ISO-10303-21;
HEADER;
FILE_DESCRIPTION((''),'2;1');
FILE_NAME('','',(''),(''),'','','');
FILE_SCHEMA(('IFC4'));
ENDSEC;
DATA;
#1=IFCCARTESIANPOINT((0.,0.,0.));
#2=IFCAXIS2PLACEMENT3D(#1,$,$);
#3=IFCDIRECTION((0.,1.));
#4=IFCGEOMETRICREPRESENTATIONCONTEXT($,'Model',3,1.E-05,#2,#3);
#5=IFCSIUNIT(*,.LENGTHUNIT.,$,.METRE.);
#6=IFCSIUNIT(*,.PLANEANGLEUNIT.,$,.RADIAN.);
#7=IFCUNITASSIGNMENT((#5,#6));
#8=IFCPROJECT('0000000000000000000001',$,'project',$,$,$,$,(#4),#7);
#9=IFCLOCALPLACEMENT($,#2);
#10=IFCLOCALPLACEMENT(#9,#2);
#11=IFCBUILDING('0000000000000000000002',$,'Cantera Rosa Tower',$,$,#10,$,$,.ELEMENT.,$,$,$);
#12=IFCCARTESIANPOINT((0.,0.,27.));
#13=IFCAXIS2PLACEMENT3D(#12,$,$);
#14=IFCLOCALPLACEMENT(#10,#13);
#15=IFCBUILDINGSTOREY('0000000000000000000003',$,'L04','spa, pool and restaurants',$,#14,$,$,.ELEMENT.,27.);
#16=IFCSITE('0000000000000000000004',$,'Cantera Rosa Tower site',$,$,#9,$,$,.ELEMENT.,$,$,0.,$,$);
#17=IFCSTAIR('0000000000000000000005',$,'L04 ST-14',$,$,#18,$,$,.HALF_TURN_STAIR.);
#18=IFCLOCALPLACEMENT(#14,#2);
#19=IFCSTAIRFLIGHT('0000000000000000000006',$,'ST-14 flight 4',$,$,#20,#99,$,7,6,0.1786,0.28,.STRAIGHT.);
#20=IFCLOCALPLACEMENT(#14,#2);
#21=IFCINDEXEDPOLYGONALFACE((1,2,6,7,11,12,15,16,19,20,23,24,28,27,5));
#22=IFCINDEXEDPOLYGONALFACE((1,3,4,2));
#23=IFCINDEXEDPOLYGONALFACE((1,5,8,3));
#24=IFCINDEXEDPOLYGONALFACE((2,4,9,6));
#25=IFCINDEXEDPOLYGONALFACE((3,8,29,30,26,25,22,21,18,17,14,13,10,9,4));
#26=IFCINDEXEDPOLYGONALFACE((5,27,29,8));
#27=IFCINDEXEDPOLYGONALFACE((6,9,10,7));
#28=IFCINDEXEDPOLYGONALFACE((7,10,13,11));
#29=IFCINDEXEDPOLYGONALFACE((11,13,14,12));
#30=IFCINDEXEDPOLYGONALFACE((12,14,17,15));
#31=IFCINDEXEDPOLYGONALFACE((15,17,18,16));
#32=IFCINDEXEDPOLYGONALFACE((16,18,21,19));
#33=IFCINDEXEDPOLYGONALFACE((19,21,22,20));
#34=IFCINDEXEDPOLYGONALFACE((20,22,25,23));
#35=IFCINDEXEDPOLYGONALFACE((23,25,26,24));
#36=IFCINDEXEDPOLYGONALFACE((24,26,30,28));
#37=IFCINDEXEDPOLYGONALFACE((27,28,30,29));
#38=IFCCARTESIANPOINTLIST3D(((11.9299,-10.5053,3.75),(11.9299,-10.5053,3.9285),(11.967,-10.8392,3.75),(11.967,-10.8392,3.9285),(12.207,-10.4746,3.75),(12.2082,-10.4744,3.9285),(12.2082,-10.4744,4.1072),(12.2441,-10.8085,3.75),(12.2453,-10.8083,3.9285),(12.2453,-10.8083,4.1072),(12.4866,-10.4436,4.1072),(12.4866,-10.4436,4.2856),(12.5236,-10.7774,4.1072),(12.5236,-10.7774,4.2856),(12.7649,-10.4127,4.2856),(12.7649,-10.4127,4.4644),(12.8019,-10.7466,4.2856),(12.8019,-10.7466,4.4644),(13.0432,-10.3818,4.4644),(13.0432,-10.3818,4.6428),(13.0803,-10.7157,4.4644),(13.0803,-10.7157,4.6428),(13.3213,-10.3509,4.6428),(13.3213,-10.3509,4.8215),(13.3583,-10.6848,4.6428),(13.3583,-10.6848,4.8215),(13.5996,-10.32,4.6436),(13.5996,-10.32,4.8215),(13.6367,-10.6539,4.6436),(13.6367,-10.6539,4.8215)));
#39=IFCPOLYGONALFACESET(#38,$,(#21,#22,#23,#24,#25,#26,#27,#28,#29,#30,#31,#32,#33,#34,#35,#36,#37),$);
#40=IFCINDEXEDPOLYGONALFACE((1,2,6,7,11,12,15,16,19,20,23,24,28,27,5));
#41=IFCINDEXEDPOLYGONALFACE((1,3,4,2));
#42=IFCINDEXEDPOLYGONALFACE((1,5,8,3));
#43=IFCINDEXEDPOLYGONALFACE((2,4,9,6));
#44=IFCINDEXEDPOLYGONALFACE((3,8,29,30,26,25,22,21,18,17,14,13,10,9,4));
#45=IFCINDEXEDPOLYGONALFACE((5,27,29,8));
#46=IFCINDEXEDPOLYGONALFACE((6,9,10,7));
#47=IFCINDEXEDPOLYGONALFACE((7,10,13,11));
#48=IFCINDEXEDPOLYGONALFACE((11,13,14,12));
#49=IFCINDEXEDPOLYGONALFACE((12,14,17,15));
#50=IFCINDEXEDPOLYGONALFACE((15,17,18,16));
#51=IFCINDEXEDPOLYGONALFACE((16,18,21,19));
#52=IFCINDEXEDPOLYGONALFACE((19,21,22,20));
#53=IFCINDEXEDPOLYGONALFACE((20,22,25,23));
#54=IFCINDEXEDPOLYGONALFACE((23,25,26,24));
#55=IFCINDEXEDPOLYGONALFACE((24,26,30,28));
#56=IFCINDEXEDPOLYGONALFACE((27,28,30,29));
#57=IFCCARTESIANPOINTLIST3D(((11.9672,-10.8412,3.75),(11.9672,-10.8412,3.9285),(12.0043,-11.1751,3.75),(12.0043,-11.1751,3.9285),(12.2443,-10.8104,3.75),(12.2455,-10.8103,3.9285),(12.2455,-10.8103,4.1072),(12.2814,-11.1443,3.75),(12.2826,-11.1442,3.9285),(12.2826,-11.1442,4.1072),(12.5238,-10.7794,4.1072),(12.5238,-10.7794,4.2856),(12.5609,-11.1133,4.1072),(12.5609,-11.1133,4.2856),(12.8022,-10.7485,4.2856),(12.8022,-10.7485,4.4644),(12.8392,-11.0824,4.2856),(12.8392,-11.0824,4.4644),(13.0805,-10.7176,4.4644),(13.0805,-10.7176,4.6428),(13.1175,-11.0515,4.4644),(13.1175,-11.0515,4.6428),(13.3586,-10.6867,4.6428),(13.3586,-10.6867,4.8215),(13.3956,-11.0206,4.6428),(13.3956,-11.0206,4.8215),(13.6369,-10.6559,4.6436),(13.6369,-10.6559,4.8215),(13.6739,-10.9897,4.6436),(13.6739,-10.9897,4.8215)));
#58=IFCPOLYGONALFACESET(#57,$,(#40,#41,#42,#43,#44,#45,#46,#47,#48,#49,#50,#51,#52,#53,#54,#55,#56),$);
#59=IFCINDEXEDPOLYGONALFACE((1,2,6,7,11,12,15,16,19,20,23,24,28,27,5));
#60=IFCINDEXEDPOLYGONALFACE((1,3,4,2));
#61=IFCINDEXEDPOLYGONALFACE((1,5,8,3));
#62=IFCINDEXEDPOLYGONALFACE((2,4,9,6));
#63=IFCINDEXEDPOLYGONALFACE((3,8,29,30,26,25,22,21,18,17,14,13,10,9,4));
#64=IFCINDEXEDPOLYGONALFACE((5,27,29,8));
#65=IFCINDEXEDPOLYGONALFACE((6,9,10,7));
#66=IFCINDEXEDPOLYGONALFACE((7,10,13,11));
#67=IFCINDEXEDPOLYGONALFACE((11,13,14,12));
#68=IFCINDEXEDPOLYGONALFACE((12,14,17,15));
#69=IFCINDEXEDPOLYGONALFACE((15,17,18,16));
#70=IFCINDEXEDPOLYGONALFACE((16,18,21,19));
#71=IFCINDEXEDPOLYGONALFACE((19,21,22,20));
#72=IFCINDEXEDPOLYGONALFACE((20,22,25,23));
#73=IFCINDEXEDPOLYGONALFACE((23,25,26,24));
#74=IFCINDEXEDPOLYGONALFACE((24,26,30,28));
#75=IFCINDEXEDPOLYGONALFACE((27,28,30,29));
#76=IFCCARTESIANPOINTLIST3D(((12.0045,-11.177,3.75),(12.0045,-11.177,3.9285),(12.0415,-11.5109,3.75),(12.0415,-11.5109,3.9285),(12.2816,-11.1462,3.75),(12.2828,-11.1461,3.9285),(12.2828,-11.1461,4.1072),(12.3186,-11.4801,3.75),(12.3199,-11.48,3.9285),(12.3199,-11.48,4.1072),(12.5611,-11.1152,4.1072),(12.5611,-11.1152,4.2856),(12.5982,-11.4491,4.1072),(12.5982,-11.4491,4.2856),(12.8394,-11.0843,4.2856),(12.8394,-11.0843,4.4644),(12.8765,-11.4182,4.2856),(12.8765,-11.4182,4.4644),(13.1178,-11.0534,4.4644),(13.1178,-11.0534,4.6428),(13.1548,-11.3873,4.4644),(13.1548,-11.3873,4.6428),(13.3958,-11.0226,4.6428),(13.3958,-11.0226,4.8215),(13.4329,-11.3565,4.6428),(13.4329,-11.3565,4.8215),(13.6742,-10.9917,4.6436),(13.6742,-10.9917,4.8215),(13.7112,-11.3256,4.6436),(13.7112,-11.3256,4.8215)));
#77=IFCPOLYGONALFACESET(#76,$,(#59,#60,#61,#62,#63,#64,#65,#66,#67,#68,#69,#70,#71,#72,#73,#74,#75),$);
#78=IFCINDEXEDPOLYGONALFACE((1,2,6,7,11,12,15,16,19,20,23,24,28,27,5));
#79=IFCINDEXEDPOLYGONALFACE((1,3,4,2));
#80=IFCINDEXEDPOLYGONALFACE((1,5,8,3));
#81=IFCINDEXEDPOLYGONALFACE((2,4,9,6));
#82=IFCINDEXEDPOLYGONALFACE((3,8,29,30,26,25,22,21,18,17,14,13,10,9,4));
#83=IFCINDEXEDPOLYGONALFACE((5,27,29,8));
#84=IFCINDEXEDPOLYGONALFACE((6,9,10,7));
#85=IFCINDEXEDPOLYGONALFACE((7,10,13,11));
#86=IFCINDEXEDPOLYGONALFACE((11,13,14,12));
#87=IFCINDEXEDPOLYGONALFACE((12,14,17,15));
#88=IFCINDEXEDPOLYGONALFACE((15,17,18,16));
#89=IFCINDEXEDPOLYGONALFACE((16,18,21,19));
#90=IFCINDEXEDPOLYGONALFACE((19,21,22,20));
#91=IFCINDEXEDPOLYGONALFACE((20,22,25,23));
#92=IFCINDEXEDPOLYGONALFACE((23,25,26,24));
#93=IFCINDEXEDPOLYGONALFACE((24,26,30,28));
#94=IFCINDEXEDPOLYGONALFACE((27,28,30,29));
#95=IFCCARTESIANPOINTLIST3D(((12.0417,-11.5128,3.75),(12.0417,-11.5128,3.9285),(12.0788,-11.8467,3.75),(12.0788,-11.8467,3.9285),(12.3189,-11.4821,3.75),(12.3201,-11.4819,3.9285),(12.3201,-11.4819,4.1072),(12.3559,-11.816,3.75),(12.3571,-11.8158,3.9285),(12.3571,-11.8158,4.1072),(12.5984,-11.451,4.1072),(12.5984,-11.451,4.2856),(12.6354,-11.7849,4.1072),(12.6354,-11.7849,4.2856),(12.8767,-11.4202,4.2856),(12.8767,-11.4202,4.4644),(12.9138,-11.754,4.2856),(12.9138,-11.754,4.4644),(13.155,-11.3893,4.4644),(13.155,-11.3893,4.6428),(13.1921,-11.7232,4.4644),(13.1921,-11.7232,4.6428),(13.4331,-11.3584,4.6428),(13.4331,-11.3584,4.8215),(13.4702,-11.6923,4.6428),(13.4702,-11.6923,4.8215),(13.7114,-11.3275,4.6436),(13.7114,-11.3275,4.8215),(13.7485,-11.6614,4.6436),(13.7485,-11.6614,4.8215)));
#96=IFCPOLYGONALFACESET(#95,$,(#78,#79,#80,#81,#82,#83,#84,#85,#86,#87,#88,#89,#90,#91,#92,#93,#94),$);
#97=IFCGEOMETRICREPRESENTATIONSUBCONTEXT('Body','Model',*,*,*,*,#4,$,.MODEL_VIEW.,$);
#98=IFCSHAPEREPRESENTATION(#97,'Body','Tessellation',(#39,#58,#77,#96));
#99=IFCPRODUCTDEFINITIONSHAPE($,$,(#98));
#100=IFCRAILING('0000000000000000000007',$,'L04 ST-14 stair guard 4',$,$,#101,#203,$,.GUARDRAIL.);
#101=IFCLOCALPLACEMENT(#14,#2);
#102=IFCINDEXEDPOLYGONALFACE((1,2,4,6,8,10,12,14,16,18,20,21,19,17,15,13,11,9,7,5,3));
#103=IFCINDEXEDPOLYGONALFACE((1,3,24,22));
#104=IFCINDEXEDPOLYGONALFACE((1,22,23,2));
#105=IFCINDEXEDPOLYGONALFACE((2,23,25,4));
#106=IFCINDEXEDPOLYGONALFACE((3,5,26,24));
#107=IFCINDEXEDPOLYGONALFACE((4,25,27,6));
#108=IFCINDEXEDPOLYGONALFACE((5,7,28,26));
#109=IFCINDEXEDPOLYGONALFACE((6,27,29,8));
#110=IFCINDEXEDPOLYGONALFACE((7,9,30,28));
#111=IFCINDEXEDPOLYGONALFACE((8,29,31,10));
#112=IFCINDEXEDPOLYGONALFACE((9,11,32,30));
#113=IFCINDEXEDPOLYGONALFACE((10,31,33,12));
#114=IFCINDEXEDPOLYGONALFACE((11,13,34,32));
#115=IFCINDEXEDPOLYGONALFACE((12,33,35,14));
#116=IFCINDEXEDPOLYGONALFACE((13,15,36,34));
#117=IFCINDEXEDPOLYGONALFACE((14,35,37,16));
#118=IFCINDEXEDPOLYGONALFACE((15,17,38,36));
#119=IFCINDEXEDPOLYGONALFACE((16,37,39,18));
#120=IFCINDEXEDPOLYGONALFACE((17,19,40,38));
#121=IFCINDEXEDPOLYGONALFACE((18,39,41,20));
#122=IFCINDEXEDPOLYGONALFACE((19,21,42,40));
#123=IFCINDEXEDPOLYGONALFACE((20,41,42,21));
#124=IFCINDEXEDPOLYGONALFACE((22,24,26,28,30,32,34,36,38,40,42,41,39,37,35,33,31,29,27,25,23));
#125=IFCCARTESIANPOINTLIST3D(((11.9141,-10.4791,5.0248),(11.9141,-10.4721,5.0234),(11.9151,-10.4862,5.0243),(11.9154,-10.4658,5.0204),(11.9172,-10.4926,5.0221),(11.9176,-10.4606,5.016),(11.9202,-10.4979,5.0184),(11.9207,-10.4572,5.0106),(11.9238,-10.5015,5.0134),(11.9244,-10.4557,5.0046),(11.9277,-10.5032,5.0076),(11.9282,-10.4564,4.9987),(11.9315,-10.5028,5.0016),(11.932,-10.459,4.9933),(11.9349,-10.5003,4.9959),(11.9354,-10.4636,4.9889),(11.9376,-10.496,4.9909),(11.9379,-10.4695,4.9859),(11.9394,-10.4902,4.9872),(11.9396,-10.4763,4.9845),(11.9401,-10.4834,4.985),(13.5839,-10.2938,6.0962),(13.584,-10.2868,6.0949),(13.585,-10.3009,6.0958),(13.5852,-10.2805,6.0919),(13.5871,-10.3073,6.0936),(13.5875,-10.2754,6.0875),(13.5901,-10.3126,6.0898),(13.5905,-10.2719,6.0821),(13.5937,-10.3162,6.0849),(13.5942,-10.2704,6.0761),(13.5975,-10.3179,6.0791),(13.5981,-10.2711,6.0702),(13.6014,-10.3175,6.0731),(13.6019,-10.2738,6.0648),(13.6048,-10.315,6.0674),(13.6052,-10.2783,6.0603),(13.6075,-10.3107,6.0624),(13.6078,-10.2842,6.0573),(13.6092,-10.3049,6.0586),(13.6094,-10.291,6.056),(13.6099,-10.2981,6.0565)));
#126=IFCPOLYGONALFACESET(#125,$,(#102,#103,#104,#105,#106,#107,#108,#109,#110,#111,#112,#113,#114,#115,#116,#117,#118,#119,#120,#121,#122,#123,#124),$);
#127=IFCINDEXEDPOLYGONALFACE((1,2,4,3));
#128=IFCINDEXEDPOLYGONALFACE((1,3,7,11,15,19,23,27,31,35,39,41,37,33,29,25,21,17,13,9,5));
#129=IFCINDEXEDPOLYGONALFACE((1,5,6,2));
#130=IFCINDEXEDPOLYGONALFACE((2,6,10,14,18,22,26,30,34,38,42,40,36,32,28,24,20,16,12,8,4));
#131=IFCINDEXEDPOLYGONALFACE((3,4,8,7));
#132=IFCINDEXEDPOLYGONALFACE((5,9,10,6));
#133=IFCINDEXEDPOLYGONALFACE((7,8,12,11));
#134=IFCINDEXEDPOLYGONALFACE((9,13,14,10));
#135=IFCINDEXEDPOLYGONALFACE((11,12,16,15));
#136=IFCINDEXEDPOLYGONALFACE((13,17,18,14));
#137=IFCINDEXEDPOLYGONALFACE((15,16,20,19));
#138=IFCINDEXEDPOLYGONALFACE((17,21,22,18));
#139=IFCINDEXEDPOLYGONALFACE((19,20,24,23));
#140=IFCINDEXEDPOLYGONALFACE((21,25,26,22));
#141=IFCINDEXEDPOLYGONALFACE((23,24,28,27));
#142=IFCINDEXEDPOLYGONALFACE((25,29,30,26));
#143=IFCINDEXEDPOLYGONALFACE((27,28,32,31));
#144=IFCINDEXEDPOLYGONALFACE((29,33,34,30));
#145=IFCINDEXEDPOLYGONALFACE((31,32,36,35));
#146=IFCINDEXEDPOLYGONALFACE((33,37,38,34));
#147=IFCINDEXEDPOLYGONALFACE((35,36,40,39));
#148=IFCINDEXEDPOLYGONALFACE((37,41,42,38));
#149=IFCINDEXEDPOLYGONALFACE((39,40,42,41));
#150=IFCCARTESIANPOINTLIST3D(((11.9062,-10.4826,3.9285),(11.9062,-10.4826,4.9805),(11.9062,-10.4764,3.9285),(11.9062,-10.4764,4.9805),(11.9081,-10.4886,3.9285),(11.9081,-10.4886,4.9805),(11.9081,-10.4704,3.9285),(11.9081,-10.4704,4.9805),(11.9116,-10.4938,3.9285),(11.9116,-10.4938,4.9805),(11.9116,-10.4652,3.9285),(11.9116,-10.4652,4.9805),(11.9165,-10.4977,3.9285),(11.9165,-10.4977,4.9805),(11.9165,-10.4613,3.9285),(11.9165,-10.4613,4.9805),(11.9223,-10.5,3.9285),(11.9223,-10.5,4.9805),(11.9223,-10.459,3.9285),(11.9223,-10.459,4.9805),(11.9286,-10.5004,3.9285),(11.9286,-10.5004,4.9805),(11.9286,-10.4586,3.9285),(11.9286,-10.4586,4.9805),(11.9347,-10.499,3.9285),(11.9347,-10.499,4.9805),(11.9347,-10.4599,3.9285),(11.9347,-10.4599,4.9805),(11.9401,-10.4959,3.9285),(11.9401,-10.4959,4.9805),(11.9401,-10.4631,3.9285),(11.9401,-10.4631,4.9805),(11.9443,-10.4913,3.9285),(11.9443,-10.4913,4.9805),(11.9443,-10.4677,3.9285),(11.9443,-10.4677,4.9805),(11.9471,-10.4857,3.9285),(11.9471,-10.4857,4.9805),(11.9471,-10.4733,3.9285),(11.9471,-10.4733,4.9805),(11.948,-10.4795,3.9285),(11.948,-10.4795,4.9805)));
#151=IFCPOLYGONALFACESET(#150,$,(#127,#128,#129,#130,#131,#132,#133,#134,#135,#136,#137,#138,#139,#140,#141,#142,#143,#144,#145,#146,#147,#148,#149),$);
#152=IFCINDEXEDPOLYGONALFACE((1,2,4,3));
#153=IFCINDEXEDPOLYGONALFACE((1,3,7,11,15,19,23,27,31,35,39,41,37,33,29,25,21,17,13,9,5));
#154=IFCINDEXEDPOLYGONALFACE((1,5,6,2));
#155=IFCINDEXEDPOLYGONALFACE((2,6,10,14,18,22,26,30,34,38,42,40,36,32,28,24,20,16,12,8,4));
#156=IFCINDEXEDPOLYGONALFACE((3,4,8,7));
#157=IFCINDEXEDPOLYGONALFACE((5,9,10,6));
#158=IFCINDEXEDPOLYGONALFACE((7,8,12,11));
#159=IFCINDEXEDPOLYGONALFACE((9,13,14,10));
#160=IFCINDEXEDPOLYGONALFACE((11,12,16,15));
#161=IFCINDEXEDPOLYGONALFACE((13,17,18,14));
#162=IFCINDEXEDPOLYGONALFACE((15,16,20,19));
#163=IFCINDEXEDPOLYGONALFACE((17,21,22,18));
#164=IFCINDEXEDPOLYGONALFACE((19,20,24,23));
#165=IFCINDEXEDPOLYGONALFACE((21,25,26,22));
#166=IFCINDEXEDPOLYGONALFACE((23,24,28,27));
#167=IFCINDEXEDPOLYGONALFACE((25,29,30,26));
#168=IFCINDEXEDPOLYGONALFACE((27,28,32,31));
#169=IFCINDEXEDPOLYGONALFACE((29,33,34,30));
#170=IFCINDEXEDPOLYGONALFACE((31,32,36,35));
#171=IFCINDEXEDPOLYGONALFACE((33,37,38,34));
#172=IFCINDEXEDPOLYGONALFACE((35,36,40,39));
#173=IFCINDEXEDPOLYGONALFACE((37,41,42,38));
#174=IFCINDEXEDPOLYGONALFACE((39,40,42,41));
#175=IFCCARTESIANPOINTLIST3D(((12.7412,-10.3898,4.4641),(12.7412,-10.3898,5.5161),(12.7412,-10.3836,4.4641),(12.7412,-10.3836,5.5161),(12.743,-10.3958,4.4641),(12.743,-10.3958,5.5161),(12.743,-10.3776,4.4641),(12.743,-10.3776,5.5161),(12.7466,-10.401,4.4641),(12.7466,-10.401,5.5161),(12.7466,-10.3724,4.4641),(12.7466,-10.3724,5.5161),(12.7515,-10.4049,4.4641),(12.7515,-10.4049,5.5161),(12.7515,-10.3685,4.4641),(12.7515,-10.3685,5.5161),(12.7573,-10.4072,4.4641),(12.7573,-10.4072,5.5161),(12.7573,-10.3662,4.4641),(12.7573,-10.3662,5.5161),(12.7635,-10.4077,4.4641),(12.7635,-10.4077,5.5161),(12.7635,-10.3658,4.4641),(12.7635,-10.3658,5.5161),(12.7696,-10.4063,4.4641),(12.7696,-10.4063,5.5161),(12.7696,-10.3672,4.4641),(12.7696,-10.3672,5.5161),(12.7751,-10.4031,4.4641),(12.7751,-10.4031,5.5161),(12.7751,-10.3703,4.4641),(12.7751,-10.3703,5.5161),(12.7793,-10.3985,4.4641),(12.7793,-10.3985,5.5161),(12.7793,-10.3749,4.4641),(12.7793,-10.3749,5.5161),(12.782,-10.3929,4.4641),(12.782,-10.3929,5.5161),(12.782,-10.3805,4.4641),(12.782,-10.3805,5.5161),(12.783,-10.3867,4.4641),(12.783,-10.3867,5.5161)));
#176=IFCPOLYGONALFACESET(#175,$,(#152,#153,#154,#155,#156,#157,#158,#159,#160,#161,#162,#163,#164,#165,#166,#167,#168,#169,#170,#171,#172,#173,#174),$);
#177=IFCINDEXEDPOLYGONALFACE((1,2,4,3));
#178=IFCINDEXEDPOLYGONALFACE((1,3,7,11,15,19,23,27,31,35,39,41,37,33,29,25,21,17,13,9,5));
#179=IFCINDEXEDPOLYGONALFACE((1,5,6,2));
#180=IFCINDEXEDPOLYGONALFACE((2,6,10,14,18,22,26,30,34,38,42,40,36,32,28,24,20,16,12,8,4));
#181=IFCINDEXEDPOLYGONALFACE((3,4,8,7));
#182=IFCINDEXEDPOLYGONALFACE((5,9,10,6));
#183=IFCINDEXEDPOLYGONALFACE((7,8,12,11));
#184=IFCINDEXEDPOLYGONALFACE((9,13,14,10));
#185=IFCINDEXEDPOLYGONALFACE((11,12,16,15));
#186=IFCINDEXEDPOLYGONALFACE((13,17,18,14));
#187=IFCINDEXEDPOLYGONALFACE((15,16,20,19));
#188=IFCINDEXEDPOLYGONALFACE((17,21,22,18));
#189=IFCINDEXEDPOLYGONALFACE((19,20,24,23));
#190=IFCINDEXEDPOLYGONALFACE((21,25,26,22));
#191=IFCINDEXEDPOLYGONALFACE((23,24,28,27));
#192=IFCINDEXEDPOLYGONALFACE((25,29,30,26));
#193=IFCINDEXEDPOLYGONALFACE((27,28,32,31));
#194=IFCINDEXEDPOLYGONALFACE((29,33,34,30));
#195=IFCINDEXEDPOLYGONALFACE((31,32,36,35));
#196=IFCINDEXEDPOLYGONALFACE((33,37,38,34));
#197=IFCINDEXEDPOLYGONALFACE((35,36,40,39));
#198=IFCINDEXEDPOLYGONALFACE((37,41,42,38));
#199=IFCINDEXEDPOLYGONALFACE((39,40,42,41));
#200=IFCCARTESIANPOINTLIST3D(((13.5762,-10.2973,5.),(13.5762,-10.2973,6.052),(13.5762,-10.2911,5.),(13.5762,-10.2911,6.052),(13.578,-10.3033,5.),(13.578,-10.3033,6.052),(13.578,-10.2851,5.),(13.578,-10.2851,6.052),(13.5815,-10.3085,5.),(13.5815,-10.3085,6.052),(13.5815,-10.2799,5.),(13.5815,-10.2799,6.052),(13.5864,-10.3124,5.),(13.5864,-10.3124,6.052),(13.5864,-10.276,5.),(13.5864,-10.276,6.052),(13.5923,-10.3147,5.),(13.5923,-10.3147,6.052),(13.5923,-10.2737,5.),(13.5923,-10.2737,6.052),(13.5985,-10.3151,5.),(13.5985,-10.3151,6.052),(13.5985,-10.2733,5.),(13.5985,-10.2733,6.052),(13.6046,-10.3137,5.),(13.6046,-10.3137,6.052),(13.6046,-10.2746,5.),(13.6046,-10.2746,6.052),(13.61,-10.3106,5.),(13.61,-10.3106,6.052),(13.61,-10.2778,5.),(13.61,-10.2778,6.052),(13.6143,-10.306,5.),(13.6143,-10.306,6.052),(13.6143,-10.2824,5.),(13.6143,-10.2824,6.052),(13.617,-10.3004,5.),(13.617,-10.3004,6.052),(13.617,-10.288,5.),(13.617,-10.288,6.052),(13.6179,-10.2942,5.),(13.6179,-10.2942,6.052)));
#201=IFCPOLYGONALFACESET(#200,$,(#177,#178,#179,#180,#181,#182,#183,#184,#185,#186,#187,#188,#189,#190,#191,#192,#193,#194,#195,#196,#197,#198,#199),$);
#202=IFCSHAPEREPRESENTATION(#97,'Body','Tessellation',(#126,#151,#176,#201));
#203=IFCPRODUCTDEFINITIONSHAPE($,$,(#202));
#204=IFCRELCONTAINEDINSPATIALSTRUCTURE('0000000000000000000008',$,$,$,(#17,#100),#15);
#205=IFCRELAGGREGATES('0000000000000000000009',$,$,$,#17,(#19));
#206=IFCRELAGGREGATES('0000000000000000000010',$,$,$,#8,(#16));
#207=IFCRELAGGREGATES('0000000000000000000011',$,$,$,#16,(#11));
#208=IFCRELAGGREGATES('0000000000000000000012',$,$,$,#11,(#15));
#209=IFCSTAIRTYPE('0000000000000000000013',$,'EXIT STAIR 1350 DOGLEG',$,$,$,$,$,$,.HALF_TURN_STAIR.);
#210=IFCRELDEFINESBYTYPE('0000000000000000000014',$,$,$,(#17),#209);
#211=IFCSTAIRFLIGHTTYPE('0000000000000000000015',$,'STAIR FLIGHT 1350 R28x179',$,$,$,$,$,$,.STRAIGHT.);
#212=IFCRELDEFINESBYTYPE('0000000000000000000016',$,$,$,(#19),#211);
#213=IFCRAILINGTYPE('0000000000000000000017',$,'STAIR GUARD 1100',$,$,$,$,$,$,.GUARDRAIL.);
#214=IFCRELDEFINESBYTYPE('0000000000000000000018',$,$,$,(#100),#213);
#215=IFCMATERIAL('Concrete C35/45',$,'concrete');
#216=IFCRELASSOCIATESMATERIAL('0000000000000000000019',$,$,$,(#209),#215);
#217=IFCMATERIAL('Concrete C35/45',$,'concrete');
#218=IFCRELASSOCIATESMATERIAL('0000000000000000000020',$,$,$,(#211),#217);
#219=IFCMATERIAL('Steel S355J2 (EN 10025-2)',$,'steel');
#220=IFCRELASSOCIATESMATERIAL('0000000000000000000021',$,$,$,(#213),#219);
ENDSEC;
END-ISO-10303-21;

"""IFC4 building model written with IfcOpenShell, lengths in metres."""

from ifc_helpers import new_model, si_unit, direction, frame, origin, origin_2d, place, context, subcontext, project, spatial, polyline, circle, outline, extrude, material, type_object, element, aggregate, save


model = new_model("IFC4")

# Units and contexts
model_context = context("Model", 3, precision=1e-05, world=origin(), true_north=direction((0.0, 1.0)))
body_context = subcontext(model_context, "Body", "Model", "MODEL_VIEW")
ifc_project = project(units=[si_unit("LENGTHUNIT", "METRE"), si_unit("PLANEANGLEUNIT", "RADIAN")], contexts=[model_context])

# Site, building, storey
site_placement = place(None, origin())
site = spatial("IfcSite", under=ifc_project, at=site_placement, Name="Cantera Rosa Tower site", CompositionType="ELEMENT", RefElevation=0.0)
building_placement = place(site_placement, origin())
building = spatial("IfcBuilding", under=site, at=building_placement, Name="Cantera Rosa Tower", CompositionType="ELEMENT")
storey_placement = place(building_placement, frame((0.0, 0.0, 27.0)))
storey = spatial("IfcBuildingStorey", under=building, at=storey_placement, Name="L04", Description="spa, pool and restaurants", CompositionType="ELEMENT", Elevation=27.0)

# Stair, stair flight
ifc_material_1 = material(Name="Concrete C35/45", Category="concrete")
stair_type = type_object("IfcStairType", Name="EXIT STAIR 1350 DOGLEG", PredefinedType="HALF_TURN_STAIR", material=ifc_material_1)
stair_placement = place(storey_placement, origin())
stair = element("IfcStair", 1, at=stair_placement, inside=storey, type_object=stair_type, Name="L04 ST-14", PredefinedType="HALF_TURN_STAIR")
ifc_material_2 = material(Name="Concrete C35/45", Category="concrete")
stair_flight_type = type_object("IfcStairFlightType", Name="STAIR FLIGHT 1350 R28x179", PredefinedType="STRAIGHT", material=ifc_material_2)
stair_flight_1_placement = place(storey_placement, frame((12.0044, -11.1763, 3.75), z_axis=(0.0, 0.0, 1.0), x_axis=(0.993897, 0.110313, 0.0)))
stair_flight_1 = element("IfcStairFlight", 2, at=stair_flight_1_placement, type_object=stair_flight_type, Name="ST-14 flight 4", NumberOfRisers=7, NumberOfTreads=6, PredefinedType="STRAIGHT", RiserHeight=0.1786, TreadLength=0.28, context=body_context, shape_type="SweptSolid", body=[
    extrude(outline(polyline([(0.0, 0.0), (0.0, 0.1785), (0.28, 0.1785), (0.28, 0.3572), (0.5601, 0.3572), (0.5601, 0.5356), (0.8401, 0.5356), (0.8401, 0.7144), (1.1201, 0.7144), (1.1201, 0.8928), (1.3999, 0.8928), (1.3999, 1.0715), (1.6799, 1.0715), (1.6799, 1.25), (1.6799, 0.8936), (0.2788, 0.0), (0.0, 0.0)])), frame((0.0, 0.675, 0.0), z_axis=(0.0, -1.0, 0.0), x_axis=(1.0, 0.0, 0.0)), (0.0, 0.0, 1.0), 0.3359),
    extrude(outline(polyline([(0.0, 0.0), (0.0, 0.1785), (0.28, 0.1785), (0.28, 0.3572), (0.5601, 0.3572), (0.5601, 0.5356), (0.8401, 0.5356), (0.8401, 0.7144), (1.1201, 0.7144), (1.1201, 0.8928), (1.3999, 0.8928), (1.3999, 1.0715), (1.6799, 1.0715), (1.6799, 1.25), (1.6799, 0.8936), (0.2788, 0.0), (0.0, 0.0)])), frame((0.0, 0.3372, 0.0), z_axis=(0.0, -1.0, 0.0), x_axis=(1.0, 0.0, 0.0)), (0.0, 0.0, 1.0), 0.3359),
    extrude(outline(polyline([(0.0, 0.0), (0.0, 0.1785), (0.28, 0.1785), (0.28, 0.3572), (0.5601, 0.3572), (0.5601, 0.5356), (0.8401, 0.5356), (0.8401, 0.7144), (1.1201, 0.7144), (1.1201, 0.8928), (1.3999, 0.8928), (1.3999, 1.0715), (1.6799, 1.0715), (1.6799, 1.25), (1.6799, 0.8936), (0.2788, 0.0), (0.0, 0.0)])), frame((0.0, -0.0007, 0.0), z_axis=(0.0, -1.0, 0.0), x_axis=(1.0, 0.0, 0.0)), (0.0, 0.0, 1.0), 0.3359),
    extrude(outline(polyline([(0.0, 0.0), (0.0, 0.1785), (0.28, 0.1785), (0.28, 0.3572), (0.5601, 0.3572), (0.5601, 0.5356), (0.8401, 0.5356), (0.8401, 0.7144), (1.1201, 0.7144), (1.1201, 0.8928), (1.3999, 0.8928), (1.3999, 1.0715), (1.6799, 1.0715), (1.6799, 1.25), (1.6799, 0.8936), (0.2788, 0.0), (0.0, 0.0)])), frame((0.0, -0.3386, 0.0), z_axis=(0.0, -1.0, 0.0), x_axis=(1.0, 0.0, 0.0)), (0.0, 0.0, 1.0), 0.3359),
])
aggregate(stair, [stair_flight_1])

# Railing
ifc_material_3 = material(Name="Steel S355J2 (EN 10025-2)", Category="steel")
railing_type_1 = type_object("IfcRailingType", Name="STAIR GUARD 1100", PredefinedType="GUARDRAIL", material=ifc_material_3)
railing_1_placement = place(storey_placement, frame((11.927, -10.4795, 3.9285)))
element("IfcRailing", 3, at=railing_1_placement, inside=storey, type_object=railing_type_1, Name="L04 ST-14 stair guard 4", PredefinedType="GUARDRAIL", context=body_context, shape_type="SweptSolid", body=[
    extrude(circle(Radius=0.0239, at=origin_2d()), frame((0.0, 0.0, 1.0762), z_axis=(0.837987, 0.092987, 0.537709), x_axis=(-0.110288, 0.9939, 0.0)), (0.0, 0.0, 1.0), 1.9927),
    extrude(circle(Radius=0.021, at=origin_2d()), origin(), (0.0, 0.0, 1.0), 1.052),
    extrude(circle(Radius=0.021, at=origin_2d()), frame((0.835, 0.0928, 0.5356)), (0.0, 0.0, 1.0), 1.052),
    extrude(circle(Radius=0.021, at=origin_2d()), frame((1.6699, 0.1853, 1.0715)), (0.0, 0.0, 1.0), 1.052),
])

save(model, "model.ifc")
